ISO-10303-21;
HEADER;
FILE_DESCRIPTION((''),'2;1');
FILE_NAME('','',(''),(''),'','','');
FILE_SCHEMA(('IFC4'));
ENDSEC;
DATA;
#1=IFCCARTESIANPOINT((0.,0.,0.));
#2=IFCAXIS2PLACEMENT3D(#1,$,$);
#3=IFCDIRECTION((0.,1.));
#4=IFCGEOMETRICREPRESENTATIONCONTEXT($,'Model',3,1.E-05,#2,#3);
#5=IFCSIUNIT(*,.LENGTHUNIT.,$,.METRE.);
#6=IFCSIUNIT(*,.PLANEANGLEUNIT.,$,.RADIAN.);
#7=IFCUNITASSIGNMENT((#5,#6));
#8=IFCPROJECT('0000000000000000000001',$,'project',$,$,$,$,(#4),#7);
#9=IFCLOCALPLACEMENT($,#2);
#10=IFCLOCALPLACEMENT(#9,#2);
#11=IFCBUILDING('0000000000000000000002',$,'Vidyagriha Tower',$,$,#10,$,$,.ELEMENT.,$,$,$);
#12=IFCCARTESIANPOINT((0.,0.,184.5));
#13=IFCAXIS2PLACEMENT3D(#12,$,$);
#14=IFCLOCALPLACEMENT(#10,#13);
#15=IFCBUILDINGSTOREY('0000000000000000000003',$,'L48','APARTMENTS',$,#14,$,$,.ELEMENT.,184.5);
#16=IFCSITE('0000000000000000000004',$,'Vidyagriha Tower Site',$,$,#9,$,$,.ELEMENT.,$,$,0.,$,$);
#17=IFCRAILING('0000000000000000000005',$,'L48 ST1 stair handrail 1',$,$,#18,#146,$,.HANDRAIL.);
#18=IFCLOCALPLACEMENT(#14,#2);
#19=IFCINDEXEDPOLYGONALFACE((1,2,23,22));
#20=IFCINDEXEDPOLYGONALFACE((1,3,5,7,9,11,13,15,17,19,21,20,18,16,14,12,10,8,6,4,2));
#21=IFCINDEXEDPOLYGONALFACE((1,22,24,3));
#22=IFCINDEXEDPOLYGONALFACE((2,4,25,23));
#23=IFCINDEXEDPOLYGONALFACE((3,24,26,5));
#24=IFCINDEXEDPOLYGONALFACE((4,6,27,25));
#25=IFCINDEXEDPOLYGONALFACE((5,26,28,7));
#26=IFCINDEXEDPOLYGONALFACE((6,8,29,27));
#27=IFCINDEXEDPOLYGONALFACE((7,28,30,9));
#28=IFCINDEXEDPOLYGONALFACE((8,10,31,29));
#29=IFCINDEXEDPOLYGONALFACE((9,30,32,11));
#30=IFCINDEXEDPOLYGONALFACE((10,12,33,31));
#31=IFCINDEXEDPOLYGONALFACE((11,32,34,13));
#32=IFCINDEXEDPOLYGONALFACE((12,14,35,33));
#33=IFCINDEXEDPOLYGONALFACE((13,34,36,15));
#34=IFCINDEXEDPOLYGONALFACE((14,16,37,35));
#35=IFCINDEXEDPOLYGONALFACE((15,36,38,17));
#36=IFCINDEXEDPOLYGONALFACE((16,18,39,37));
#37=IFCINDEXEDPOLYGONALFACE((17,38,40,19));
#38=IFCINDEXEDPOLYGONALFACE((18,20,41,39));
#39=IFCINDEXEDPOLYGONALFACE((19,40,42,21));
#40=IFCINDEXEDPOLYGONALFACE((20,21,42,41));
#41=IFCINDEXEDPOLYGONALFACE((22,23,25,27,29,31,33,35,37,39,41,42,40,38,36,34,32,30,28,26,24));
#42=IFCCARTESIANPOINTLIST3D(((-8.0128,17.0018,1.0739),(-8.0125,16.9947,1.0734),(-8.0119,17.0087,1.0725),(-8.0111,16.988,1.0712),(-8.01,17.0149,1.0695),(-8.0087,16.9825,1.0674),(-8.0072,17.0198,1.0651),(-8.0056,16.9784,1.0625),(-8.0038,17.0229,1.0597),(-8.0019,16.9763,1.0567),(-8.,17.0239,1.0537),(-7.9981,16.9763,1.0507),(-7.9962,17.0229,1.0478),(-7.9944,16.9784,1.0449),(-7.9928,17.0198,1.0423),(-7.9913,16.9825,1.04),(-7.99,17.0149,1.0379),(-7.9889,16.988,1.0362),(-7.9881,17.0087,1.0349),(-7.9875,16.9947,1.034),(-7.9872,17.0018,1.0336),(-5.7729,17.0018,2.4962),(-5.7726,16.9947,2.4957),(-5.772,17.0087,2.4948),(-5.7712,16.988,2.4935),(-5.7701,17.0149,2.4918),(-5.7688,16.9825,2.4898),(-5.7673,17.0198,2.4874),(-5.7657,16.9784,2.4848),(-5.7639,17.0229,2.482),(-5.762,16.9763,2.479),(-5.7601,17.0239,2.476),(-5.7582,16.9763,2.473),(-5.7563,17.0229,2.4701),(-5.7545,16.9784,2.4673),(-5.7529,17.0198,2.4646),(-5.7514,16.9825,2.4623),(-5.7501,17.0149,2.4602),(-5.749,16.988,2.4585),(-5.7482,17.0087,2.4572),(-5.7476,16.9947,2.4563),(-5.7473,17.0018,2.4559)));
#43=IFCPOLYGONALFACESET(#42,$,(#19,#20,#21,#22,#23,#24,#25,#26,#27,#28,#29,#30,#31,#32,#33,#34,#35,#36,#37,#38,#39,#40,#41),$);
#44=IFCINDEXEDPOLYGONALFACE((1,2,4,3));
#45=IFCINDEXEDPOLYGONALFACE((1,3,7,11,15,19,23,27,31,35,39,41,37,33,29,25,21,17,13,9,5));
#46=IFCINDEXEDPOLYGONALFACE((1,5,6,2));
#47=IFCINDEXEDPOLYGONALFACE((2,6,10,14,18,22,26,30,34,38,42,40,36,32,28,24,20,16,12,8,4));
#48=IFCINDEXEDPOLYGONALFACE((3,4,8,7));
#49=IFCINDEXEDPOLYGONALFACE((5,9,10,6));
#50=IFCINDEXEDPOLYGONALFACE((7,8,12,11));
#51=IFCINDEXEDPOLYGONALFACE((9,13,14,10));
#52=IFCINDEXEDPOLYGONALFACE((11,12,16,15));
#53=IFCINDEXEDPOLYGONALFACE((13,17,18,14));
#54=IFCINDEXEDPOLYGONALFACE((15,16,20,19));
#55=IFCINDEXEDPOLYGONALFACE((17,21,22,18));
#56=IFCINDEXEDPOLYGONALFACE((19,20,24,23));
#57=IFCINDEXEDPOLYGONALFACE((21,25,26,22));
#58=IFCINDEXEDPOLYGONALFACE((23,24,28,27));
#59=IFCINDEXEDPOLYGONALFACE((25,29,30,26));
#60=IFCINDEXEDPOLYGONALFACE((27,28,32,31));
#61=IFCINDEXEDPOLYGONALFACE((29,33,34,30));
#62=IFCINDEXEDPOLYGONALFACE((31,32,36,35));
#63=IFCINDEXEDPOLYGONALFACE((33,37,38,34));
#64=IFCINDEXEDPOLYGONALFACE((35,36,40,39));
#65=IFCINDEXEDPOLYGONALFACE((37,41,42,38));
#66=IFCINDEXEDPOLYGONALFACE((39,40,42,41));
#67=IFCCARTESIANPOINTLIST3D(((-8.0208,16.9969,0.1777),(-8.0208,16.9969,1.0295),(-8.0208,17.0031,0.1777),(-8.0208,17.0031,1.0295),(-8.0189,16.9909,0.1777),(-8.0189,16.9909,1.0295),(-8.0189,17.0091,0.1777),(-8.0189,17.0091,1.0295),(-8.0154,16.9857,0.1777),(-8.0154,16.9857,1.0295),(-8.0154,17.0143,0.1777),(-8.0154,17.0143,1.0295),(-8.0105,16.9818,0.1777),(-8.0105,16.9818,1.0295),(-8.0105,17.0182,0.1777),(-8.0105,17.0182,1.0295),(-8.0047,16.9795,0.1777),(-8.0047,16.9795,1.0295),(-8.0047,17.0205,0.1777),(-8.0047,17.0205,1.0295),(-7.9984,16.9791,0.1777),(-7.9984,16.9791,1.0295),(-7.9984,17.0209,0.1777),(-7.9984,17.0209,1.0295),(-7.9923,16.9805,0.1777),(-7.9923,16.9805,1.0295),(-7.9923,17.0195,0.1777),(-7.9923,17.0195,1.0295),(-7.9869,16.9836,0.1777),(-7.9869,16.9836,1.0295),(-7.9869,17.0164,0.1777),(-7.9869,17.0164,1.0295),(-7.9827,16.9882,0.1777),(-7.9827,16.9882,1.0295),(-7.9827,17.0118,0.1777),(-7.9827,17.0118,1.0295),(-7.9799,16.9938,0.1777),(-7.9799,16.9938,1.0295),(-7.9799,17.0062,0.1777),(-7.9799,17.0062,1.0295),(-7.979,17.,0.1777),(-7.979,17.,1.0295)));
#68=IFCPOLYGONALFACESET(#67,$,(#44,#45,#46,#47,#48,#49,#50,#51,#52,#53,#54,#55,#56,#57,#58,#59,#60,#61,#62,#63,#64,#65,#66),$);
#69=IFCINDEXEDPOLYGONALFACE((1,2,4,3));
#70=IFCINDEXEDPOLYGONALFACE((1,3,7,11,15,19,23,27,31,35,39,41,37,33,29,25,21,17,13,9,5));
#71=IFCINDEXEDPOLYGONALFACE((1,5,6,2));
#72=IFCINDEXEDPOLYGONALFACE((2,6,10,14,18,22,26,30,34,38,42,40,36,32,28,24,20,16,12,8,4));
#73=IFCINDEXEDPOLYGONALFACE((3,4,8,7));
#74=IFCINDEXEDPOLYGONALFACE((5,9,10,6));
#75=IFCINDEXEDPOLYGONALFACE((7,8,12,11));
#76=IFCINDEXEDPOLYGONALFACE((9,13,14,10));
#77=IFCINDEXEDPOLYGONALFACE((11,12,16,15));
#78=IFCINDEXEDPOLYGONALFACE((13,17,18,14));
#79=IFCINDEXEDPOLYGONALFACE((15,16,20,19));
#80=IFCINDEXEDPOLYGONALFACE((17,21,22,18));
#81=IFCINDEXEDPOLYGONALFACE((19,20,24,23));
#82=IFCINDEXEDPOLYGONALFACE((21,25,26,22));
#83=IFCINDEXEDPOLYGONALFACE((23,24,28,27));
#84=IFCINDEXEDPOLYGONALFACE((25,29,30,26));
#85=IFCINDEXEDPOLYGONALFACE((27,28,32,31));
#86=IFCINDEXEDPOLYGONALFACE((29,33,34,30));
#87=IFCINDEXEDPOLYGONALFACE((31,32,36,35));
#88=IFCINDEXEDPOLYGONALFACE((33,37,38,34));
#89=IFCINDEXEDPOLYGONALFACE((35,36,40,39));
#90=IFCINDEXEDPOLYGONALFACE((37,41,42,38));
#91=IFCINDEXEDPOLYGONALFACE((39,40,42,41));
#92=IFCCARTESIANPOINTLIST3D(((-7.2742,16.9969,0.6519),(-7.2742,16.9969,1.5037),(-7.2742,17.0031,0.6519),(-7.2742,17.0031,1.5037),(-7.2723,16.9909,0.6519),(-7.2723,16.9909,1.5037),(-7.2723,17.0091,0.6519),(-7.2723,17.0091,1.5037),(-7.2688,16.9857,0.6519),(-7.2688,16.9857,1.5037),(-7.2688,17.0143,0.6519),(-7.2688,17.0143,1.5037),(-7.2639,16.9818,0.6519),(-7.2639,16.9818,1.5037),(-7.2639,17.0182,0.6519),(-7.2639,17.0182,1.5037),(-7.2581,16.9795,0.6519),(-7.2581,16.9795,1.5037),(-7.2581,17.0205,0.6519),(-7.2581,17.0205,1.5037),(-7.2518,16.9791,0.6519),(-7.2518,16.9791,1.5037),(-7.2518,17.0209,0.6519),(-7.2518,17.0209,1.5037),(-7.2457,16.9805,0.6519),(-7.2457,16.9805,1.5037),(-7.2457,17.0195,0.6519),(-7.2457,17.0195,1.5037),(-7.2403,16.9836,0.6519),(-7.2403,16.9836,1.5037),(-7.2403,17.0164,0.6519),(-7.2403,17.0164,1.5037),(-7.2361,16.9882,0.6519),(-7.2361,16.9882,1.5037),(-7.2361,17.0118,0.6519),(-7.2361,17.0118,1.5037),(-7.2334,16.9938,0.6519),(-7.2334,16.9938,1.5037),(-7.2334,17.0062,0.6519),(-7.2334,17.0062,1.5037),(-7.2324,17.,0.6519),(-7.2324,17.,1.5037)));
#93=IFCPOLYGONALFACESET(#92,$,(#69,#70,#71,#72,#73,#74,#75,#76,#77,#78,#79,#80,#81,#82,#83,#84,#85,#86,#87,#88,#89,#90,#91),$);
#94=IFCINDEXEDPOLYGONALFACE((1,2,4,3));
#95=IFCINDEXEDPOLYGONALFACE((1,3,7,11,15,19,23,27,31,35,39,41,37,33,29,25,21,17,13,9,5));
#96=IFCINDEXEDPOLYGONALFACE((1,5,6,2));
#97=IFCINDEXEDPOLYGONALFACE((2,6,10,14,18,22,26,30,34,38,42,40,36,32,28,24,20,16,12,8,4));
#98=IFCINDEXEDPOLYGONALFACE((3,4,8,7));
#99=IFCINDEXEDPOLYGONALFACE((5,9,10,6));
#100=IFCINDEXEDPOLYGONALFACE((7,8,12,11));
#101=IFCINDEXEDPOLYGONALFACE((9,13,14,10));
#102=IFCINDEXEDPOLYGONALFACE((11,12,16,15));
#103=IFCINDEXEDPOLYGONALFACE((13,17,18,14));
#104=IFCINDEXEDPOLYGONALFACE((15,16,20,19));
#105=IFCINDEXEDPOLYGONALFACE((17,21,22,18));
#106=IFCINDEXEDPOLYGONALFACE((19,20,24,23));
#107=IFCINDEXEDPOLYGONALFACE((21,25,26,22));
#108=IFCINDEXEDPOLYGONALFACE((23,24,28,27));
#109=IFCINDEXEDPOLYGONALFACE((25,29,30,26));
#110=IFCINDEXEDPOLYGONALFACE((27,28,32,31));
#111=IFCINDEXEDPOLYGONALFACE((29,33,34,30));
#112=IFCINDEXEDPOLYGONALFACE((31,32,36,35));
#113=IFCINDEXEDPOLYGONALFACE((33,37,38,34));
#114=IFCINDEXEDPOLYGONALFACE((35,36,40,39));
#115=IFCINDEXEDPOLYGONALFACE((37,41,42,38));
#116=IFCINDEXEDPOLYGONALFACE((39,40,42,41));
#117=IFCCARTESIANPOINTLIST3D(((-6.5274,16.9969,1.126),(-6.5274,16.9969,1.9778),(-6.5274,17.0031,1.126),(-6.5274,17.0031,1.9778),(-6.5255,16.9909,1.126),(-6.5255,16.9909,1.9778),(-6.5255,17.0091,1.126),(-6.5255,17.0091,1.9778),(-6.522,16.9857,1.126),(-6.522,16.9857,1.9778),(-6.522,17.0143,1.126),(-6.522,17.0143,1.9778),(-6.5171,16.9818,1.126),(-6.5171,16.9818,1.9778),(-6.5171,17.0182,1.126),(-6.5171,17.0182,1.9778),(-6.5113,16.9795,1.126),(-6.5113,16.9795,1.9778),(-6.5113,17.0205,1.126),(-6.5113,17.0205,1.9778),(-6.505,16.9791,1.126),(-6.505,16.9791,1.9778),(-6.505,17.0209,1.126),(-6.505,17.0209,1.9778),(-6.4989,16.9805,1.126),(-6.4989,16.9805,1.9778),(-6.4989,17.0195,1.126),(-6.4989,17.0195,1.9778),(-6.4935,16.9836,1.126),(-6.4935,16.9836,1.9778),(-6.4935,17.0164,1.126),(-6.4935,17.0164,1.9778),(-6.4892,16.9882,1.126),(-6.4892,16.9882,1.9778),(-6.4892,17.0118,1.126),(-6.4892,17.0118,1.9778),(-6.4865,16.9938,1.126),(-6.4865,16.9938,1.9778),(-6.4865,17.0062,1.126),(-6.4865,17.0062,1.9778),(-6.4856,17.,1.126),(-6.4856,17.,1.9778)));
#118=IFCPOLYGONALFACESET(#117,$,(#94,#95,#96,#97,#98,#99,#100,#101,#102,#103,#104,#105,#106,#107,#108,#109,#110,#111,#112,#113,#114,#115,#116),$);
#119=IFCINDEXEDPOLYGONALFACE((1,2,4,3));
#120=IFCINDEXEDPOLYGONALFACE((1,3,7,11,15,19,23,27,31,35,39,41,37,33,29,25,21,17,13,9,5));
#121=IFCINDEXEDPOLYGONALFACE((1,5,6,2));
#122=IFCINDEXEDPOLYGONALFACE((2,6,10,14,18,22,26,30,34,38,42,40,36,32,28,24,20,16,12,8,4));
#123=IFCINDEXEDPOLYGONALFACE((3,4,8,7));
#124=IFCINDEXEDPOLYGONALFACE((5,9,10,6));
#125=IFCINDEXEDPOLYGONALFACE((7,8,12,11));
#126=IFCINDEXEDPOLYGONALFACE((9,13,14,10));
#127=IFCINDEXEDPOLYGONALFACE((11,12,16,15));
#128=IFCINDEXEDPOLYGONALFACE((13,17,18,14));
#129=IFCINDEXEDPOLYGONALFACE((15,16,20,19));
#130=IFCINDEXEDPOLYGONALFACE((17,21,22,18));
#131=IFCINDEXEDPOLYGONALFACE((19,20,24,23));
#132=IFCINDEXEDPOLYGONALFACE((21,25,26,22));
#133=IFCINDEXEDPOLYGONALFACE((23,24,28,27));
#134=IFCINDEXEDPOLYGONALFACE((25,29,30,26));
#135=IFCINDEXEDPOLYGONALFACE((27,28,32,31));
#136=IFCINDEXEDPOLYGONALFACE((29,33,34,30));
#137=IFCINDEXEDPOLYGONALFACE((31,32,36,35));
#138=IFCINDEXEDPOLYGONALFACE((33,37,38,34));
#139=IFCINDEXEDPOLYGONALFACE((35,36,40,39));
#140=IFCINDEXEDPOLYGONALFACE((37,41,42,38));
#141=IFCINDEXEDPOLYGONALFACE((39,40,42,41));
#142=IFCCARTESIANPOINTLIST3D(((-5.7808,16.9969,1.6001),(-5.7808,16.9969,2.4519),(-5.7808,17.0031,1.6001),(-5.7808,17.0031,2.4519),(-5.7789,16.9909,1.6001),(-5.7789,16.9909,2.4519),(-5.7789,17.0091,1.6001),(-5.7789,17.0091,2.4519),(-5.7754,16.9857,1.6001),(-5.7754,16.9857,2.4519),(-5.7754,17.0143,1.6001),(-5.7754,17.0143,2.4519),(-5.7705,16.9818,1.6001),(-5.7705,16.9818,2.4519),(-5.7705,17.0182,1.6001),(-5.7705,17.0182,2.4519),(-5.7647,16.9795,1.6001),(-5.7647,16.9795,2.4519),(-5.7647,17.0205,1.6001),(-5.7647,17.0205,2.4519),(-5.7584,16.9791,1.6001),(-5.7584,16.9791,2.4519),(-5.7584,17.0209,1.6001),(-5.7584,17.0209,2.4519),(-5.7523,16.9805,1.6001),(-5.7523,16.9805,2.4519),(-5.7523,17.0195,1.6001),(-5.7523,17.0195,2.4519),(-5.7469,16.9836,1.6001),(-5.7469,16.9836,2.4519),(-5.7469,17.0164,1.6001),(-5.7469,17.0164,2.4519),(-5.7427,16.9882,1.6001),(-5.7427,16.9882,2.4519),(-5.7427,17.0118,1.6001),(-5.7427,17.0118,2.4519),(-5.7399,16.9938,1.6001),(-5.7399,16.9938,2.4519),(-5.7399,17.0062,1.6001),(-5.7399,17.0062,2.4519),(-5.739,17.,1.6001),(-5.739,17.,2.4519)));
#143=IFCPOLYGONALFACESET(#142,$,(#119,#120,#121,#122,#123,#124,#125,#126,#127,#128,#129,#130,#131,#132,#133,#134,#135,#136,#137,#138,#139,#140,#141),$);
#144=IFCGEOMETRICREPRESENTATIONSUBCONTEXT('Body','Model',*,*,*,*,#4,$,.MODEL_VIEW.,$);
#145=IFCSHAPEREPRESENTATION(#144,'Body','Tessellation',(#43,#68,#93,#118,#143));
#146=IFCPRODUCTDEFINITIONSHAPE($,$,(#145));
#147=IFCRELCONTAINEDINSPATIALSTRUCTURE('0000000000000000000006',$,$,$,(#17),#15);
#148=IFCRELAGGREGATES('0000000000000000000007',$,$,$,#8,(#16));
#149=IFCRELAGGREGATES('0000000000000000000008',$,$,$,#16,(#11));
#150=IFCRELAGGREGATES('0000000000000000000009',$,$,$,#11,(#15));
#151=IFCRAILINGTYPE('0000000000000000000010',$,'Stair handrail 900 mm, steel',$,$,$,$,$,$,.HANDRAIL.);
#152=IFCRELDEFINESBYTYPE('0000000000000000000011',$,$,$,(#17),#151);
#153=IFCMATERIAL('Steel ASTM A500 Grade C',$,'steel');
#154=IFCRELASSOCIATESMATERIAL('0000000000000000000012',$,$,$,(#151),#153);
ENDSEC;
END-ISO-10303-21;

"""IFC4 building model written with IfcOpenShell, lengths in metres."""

from ifc_helpers import new_model, si_unit, direction, frame, origin, origin_2d, place, context, subcontext, project, spatial, circle, extrude, material, type_object, element, save


model = new_model("IFC4")

# Units and contexts
model_context = context("Model", 3, precision=1e-05, world=origin(), true_north=direction((0.0, 1.0)))
body_context = subcontext(model_context, "Body", "Model", "MODEL_VIEW")
ifc_project = project(units=[si_unit("LENGTHUNIT", "METRE"), si_unit("PLANEANGLEUNIT", "RADIAN")], contexts=[model_context])

# Site, building, storey
site_placement = place(None, origin())
site = spatial("IfcSite", under=ifc_project, at=site_placement, Name="Vidyagriha Tower Site", CompositionType="ELEMENT", RefElevation=0.0)
building_placement = place(site_placement, origin())
building = spatial("IfcBuilding", under=site, at=building_placement, Name="Vidyagriha Tower", CompositionType="ELEMENT")
storey_placement = place(building_placement, frame((0.0, 0.0, 184.5)))
storey = spatial("IfcBuildingStorey", under=building, at=storey_placement, Name="L48", Description="APARTMENTS", CompositionType="ELEMENT", Elevation=184.5)

# Railing
ifc_material_1 = material(Name="Steel ASTM A500 Grade C", Category="steel")
railing_type_1 = type_object("IfcRailingType", Name="Stair handrail 900 mm, steel", PredefinedType="HANDRAIL", material=ifc_material_1)
railing_1_placement = place(storey_placement, frame((-8.0, 17.0, 0.1777)))
element("IfcRailing", 1, at=railing_1_placement, inside=storey, type_object=railing_type_1, Name="L48 ST1 stair handrail 1", PredefinedType="HANDRAIL", context=body_context, shape_type="SweptSolid", body=[
    extrude(circle(Radius=0.0239, at=origin_2d()), frame((0.0, 0.0, 0.876), z_axis=(0.844188, 0.0, 0.536048), x_axis=(0.0, 1.0, 0.0)), (0.0, 0.0, 1.0), 2.6533),
    extrude(circle(Radius=0.021, at=origin_2d()), origin(), (0.0, 0.0, 1.0), 0.8518),
    extrude(circle(Radius=0.021, at=origin_2d()), frame((0.7466, 0.0, 0.4741)), (0.0, 0.0, 1.0), 0.8518),
    extrude(circle(Radius=0.021, at=origin_2d()), frame((1.4934, 0.0, 0.9482)), (0.0, 0.0, 1.0), 0.8518),
    extrude(circle(Radius=0.021, at=origin_2d()), frame((2.24, 0.0, 1.4224)), (0.0, 0.0, 1.0), 0.8518),
])

save(model, "model.ifc")
